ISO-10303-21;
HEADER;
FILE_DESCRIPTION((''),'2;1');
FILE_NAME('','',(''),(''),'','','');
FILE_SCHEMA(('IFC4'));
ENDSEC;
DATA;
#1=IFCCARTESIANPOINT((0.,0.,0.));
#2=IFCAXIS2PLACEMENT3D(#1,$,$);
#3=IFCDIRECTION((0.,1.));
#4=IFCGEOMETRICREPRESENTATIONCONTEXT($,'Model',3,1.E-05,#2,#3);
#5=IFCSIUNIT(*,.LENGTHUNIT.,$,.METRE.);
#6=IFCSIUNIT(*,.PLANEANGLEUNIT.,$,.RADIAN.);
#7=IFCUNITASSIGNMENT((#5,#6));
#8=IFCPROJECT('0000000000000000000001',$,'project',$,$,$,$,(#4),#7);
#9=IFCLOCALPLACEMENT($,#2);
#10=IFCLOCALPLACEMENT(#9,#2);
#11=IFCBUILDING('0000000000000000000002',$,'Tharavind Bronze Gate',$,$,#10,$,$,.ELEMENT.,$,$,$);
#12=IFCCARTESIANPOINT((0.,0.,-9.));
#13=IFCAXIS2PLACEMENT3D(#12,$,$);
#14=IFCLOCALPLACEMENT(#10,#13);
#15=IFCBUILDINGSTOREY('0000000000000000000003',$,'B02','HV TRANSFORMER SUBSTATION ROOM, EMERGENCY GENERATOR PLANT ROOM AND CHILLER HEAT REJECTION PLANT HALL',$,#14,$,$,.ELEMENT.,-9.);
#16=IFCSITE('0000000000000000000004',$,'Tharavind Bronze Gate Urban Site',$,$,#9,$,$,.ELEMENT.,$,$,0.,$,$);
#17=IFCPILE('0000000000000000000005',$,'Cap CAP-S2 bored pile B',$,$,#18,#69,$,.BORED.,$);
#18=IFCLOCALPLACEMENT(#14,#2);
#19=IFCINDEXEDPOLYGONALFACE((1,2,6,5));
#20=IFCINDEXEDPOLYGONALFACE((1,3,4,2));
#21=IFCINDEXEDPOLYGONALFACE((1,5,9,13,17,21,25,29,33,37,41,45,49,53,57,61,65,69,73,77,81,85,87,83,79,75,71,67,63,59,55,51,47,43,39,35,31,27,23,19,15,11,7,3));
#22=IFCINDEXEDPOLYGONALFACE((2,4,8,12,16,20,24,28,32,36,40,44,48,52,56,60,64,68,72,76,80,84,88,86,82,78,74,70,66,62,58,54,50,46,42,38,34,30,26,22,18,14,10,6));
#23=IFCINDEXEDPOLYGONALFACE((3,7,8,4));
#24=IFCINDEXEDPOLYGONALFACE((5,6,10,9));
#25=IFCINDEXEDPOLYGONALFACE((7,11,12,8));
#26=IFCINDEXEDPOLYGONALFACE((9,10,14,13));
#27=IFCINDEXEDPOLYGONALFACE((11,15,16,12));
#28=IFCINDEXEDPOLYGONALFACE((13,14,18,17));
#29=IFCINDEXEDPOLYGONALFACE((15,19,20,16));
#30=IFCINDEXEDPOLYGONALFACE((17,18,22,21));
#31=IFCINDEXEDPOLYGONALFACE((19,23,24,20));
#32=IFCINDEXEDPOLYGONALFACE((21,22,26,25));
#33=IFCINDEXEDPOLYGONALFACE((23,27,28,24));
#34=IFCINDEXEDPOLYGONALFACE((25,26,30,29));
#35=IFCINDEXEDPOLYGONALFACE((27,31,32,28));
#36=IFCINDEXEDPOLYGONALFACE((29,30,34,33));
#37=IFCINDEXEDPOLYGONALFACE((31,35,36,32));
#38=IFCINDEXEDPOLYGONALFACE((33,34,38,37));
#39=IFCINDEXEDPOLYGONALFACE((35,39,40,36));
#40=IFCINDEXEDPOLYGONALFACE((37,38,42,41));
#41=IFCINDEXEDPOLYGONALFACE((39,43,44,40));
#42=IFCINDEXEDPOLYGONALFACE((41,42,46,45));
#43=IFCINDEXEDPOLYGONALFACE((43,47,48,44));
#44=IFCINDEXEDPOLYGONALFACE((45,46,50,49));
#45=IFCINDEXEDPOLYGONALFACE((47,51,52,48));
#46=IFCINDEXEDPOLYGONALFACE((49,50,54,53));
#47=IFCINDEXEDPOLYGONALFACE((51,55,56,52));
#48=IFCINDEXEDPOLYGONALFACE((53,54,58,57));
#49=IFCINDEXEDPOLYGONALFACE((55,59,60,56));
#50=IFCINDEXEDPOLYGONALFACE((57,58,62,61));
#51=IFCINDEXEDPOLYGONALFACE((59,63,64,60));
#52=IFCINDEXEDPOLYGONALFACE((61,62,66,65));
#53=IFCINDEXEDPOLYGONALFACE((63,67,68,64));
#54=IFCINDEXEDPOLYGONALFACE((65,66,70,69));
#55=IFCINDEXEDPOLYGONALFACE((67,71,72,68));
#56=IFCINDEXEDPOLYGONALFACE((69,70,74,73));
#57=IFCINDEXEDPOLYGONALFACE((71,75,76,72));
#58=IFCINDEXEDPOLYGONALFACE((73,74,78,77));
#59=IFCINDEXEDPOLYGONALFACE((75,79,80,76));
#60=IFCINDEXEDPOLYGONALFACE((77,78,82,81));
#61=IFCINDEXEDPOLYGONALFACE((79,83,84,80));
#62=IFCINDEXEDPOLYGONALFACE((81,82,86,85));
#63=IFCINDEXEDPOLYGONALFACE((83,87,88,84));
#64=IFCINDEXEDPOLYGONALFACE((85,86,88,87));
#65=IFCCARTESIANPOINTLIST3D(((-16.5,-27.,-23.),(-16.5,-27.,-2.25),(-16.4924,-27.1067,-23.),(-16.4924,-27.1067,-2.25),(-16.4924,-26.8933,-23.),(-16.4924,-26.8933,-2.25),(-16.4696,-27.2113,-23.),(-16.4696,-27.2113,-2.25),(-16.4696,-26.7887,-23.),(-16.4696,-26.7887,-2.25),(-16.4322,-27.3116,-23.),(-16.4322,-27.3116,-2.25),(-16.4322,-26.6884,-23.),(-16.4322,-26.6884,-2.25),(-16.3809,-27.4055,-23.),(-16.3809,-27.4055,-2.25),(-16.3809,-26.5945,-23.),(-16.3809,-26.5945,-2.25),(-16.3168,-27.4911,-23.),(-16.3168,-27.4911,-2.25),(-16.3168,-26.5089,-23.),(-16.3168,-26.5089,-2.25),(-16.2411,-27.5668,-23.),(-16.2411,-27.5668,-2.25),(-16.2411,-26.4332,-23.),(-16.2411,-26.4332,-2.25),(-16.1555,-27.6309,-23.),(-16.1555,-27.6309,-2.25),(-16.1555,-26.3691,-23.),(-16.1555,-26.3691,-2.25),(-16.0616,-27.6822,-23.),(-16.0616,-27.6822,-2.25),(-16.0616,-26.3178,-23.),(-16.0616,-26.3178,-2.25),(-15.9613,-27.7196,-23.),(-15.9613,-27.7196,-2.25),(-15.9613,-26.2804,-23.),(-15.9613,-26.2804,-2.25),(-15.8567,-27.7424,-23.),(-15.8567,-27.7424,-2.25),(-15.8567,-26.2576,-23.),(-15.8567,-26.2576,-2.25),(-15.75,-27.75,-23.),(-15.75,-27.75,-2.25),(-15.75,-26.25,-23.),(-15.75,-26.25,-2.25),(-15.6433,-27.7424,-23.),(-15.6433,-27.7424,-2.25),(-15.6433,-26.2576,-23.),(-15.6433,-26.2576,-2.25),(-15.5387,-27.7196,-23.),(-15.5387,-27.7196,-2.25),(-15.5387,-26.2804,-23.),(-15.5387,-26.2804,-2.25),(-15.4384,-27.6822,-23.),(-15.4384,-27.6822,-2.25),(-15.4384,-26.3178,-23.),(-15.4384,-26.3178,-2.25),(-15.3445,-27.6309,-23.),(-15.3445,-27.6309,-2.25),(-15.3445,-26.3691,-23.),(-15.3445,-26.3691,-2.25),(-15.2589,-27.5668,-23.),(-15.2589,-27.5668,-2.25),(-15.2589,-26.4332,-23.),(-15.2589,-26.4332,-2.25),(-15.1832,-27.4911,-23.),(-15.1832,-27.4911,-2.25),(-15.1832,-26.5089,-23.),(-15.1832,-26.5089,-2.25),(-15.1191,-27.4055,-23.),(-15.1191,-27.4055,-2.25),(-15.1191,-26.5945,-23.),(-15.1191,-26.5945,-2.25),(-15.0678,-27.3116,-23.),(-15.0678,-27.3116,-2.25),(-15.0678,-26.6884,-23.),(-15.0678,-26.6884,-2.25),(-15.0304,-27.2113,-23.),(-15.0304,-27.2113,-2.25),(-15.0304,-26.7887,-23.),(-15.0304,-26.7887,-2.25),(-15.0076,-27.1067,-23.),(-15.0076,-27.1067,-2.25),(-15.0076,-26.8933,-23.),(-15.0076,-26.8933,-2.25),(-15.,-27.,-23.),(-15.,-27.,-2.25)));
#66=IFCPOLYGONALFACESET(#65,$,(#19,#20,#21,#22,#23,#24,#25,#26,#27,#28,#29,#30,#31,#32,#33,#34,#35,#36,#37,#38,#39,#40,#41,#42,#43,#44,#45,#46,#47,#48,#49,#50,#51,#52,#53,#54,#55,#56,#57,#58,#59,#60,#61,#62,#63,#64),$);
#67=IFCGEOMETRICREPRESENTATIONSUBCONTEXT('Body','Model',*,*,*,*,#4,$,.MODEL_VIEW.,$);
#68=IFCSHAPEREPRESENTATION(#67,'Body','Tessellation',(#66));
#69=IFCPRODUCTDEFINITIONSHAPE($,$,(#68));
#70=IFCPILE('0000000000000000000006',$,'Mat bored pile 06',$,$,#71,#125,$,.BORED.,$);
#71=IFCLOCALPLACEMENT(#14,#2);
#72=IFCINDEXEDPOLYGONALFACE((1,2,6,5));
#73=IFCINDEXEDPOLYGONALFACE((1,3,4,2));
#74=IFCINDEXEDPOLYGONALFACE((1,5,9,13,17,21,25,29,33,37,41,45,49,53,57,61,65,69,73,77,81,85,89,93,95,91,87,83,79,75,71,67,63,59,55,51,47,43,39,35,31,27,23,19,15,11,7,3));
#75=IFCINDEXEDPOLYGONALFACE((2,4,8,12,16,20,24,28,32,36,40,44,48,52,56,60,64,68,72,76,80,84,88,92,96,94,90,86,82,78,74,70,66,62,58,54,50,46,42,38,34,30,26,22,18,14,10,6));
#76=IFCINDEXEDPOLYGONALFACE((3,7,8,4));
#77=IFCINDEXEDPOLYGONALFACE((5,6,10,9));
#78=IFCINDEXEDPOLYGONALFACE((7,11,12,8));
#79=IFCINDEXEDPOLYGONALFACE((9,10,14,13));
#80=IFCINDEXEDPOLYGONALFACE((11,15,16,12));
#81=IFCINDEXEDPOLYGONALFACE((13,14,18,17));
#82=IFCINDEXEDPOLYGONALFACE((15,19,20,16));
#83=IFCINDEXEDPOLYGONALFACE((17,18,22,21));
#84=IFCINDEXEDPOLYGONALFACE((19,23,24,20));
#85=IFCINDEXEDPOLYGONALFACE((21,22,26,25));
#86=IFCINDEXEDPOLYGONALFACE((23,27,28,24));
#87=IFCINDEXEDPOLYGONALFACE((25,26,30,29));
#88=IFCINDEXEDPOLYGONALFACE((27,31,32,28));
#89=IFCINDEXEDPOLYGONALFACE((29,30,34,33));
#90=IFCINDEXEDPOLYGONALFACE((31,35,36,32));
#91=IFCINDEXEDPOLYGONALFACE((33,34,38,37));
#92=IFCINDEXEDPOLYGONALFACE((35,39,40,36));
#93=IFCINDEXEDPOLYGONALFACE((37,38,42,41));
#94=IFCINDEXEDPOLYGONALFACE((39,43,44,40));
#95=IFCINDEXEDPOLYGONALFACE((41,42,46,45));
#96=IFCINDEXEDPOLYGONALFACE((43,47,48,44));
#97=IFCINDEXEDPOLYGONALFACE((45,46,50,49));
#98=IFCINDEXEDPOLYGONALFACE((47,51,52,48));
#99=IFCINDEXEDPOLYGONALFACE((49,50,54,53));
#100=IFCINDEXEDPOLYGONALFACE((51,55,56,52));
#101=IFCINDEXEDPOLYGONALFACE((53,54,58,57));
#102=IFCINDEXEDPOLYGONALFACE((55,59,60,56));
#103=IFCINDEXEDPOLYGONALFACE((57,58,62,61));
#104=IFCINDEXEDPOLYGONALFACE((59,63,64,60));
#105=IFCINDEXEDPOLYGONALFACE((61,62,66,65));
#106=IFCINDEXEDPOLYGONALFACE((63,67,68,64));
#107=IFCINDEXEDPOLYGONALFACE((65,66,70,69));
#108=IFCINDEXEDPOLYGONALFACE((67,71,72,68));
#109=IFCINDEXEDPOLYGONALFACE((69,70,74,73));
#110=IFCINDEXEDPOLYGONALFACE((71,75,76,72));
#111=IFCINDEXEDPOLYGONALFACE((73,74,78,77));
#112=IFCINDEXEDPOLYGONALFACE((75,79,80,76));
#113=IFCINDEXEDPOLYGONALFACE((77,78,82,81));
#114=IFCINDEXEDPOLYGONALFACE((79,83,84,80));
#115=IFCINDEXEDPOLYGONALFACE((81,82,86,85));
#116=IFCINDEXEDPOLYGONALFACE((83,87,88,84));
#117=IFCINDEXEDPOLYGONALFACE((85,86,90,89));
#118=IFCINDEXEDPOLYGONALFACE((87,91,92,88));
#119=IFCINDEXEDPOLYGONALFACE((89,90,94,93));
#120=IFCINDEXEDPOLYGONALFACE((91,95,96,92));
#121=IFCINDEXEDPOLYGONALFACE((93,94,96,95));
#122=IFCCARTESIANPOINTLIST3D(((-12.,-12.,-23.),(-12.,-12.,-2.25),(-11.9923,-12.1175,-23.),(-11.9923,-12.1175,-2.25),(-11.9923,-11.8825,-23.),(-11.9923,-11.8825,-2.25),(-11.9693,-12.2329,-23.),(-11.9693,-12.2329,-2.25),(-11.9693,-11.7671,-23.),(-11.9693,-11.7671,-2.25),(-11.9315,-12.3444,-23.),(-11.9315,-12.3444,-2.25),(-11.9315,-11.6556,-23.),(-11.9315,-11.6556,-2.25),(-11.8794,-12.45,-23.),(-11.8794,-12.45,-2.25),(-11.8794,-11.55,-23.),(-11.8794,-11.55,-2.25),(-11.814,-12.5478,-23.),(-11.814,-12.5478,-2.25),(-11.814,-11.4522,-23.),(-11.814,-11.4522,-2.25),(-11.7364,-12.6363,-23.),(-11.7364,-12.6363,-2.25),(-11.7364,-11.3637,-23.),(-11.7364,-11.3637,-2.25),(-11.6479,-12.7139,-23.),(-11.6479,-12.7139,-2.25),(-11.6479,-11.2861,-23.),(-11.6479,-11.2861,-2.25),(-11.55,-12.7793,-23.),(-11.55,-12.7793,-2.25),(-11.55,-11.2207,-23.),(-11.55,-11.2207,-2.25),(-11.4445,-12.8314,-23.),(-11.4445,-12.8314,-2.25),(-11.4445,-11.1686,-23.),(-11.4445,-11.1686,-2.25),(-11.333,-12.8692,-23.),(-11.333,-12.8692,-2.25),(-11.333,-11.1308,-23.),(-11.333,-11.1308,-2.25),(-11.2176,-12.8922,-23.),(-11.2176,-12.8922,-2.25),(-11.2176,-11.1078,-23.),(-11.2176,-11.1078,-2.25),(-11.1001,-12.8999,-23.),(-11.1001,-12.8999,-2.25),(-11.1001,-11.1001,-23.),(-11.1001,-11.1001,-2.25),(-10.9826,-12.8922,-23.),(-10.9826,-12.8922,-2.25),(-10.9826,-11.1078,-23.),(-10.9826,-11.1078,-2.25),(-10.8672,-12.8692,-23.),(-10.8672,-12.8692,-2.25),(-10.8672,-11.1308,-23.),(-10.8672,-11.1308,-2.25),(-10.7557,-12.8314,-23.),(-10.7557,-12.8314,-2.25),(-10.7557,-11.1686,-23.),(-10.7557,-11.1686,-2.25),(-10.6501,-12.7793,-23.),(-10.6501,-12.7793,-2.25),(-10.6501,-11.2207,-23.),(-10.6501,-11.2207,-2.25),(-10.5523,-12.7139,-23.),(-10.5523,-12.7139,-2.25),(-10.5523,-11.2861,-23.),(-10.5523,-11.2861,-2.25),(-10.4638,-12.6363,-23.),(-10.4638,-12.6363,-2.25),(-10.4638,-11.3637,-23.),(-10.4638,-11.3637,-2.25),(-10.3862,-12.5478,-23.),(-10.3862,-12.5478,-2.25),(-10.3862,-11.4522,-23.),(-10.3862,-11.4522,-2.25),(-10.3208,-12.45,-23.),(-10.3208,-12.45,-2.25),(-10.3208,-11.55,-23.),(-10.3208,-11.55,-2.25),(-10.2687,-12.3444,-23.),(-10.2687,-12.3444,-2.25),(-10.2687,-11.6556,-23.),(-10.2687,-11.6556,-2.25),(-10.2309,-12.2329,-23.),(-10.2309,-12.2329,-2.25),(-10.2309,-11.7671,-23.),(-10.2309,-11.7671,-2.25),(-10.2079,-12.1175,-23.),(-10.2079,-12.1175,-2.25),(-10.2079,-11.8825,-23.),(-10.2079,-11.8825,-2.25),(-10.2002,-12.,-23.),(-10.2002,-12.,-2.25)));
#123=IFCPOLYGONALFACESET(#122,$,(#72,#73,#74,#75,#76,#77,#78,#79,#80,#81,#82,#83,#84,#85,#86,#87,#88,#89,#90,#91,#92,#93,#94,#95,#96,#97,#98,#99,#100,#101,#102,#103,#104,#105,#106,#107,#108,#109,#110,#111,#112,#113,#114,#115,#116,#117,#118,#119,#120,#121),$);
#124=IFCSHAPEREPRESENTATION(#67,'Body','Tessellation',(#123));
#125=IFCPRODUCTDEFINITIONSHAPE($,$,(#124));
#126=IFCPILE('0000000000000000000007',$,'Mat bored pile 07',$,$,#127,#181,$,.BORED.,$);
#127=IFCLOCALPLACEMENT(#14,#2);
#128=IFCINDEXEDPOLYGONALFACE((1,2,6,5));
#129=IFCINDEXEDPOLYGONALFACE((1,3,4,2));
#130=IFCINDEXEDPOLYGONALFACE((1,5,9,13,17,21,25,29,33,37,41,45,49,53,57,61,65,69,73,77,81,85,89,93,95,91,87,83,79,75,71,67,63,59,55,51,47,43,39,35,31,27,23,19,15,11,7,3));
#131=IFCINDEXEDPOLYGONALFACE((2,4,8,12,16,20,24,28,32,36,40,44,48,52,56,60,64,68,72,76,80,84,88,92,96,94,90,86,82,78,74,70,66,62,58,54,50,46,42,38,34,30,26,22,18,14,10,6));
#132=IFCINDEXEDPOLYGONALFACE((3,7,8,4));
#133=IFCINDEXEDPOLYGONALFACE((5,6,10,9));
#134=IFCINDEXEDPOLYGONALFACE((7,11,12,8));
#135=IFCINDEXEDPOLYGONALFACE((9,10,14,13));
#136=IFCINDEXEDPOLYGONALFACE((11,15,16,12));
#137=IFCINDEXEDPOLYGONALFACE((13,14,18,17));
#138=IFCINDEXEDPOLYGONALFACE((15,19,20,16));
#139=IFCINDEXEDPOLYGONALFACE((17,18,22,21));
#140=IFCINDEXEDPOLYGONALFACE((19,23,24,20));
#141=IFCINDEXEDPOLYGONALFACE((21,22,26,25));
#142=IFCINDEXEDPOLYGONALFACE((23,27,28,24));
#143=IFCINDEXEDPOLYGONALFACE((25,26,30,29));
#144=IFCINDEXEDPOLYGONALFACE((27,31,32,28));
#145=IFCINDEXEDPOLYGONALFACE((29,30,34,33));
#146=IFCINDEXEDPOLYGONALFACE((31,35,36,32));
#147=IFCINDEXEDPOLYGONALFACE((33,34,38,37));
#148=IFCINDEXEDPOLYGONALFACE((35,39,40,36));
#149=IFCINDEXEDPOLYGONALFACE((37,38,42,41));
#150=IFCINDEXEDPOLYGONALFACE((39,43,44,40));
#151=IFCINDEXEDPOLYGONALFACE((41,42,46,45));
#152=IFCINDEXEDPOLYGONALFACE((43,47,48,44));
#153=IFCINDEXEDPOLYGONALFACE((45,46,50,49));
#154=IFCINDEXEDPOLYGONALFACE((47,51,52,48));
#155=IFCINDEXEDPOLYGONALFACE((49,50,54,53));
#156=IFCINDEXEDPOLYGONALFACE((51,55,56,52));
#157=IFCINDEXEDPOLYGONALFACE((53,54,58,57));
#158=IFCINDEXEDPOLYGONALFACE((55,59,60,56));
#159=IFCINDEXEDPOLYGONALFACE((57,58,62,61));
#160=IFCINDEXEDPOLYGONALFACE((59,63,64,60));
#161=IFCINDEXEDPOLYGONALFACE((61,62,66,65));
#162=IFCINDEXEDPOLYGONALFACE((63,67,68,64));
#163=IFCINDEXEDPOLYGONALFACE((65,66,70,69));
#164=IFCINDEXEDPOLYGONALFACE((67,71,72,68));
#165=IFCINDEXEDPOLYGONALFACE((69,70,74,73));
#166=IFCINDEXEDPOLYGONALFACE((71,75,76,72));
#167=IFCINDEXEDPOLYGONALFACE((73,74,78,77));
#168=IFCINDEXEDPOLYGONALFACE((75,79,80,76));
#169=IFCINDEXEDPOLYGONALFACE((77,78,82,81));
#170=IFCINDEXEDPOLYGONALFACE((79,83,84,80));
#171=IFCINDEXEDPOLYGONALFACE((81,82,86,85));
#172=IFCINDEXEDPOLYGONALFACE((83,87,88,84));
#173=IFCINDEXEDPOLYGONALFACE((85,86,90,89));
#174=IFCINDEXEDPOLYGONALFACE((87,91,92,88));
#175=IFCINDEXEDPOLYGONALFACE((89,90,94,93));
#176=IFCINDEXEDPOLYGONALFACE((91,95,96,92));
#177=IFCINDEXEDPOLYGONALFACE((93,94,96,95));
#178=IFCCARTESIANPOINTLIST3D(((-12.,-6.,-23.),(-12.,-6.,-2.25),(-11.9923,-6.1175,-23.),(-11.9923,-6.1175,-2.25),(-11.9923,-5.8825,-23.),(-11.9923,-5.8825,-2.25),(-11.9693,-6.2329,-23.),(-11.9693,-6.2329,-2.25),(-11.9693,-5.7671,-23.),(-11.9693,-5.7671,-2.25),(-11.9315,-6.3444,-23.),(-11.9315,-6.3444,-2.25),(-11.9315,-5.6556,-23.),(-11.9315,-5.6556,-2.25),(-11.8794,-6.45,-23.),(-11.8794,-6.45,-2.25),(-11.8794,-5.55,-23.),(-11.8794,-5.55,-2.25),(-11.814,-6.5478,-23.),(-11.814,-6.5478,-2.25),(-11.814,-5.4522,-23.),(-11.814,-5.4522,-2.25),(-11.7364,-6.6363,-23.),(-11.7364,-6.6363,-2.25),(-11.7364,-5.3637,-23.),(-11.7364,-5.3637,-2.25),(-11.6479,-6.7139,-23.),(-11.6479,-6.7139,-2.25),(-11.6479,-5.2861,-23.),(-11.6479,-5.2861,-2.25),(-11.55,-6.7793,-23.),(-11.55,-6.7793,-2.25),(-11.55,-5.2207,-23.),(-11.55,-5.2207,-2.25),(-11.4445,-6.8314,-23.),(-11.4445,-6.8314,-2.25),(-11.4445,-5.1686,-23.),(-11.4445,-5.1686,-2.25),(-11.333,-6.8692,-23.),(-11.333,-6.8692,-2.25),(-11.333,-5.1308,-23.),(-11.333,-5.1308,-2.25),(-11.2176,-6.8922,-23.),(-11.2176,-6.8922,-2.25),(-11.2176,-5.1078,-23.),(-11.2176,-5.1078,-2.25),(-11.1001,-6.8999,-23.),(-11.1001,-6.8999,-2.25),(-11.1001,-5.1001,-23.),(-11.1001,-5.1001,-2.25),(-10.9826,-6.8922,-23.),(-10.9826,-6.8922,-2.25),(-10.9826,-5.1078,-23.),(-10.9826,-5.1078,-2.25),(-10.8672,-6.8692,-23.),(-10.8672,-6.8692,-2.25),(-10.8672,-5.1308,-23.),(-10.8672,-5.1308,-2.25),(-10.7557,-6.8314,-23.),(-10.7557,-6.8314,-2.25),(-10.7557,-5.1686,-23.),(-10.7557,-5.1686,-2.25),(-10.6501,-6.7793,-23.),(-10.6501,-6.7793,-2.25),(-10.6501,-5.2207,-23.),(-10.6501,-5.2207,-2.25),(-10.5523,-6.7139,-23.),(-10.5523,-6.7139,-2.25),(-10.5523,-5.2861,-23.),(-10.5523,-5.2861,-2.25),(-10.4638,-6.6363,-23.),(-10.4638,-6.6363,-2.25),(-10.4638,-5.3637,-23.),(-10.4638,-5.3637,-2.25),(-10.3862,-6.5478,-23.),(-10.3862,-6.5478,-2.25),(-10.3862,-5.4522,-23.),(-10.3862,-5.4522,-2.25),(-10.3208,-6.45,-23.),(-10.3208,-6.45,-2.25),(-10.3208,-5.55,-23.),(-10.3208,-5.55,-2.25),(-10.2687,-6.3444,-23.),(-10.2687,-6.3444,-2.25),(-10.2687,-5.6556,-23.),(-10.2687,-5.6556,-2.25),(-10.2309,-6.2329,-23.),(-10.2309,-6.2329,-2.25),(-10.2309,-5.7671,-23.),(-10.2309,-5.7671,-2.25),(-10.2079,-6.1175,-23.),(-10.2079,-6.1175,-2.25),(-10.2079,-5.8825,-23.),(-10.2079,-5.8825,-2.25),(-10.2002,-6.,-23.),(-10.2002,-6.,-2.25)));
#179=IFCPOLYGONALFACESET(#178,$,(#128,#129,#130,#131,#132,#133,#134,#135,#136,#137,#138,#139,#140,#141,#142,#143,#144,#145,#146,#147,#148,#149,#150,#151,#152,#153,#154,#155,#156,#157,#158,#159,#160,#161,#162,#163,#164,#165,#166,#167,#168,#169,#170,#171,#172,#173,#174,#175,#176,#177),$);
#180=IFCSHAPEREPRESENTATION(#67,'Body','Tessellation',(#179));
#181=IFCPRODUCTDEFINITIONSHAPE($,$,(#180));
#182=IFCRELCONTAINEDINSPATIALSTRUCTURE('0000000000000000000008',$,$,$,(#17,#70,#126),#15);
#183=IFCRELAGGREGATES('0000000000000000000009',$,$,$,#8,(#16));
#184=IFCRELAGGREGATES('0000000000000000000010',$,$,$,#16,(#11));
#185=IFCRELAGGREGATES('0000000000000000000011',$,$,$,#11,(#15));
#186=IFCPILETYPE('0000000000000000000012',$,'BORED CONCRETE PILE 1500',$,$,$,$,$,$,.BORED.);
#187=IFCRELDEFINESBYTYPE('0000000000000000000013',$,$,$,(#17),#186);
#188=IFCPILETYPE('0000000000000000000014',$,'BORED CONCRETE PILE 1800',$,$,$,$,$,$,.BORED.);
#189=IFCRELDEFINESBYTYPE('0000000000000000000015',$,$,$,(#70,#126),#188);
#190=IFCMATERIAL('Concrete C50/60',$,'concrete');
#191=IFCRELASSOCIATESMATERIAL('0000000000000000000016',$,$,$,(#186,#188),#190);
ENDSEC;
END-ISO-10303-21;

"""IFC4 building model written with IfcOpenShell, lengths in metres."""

from ifc_helpers import new_model, si_unit, direction, frame, origin, origin_2d, place, context, subcontext, project, spatial, circle, extrude, material, material_profile, profile_set, type_object, element, save


model = new_model("IFC4")

# Units and contexts
model_context = context("Model", 3, precision=1e-05, world=origin(), true_north=direction((0.0, 1.0)))
body_context = subcontext(model_context, "Body", "Model", "MODEL_VIEW")
ifc_project = project(units=[si_unit("LENGTHUNIT", "METRE"), si_unit("PLANEANGLEUNIT", "RADIAN")], contexts=[model_context])

# Site, building, storey
site_placement = place(None, origin())
site = spatial("IfcSite", under=ifc_project, at=site_placement, Name="Tharavind Bronze Gate Urban Site", CompositionType="ELEMENT", RefElevation=0.0)
building_placement = place(site_placement, origin())
building = spatial("IfcBuilding", under=site, at=building_placement, Name="Tharavind Bronze Gate", CompositionType="ELEMENT")
storey_placement = place(building_placement, frame((0.0, 0.0, -9.0)))
storey = spatial("IfcBuildingStorey", under=building, at=storey_placement, Name="B02", Description="HV TRANSFORMER SUBSTATION ROOM, EMERGENCY GENERATOR PLANT ROOM AND CHILLER HEAT REJECTION PLANT HALL", CompositionType="ELEMENT", Elevation=-9.0)

# Piles
ifc_material_1 = material(Name="Concrete C50/60", Category="concrete")
ifc_material_profile_1 = material_profile(ifc_material_1, circle(Radius=0.75, at=origin_2d()), Name="PILE1500")
ifc_profile_set_1 = profile_set([ifc_material_profile_1], Name="Concrete C50/60")
pile_type_1 = type_object("IfcPileType", Name="BORED CONCRETE PILE 1500", PredefinedType="BORED", material=ifc_profile_set_1)
pile_placement = place(storey_placement, frame((-15.75, -27.0, -2.25), z_axis=(0.0, 0.0, -1.0), x_axis=(1.0, 0.0, 0.0)))
element("IfcPile", 1, at=pile_placement, inside=storey, type_object=pile_type_1, Name="Cap CAP-S2 bored pile B", PredefinedType="BORED", context=body_context, shape_type="SweptSolid", body=[
    extrude(circle(Radius=0.75, at=origin_2d()), origin(), (0.0, 0.0, 1.0), 20.75),
])
ifc_material_profile_2 = material_profile(ifc_material_1, circle(Radius=0.8999, at=origin_2d()), Name="PILE1800")
ifc_profile_set_2 = profile_set([ifc_material_profile_2], Name="Concrete C50/60")
pile_type_2 = type_object("IfcPileType", Name="BORED CONCRETE PILE 1800", PredefinedType="BORED", material=ifc_profile_set_2)
for number, where, z_axis, x_axis, name in (
    (2, (-11.1001, -12.0, -2.25), (0.0, 0.0, -1.0), (1.0, 0.0, 0.0), "Mat bored pile 06"),
    (3, (-11.1001, -6.0, -2.25), (0.0, 0.0, -1.0), (1.0, 0.0, 0.0), "Mat bored pile 07"),
):
    element("IfcPile", number, at=place(storey_placement, frame(where, z_axis=z_axis, x_axis=x_axis)), inside=storey, type_object=pile_type_2, Name=name, PredefinedType="BORED", context=body_context, shape_type="SweptSolid", body=[
        extrude(circle(Radius=0.8999, at=origin_2d()), origin(), (0.0, 0.0, 1.0), 20.75),
    ])

save(model, "model.ifc")
